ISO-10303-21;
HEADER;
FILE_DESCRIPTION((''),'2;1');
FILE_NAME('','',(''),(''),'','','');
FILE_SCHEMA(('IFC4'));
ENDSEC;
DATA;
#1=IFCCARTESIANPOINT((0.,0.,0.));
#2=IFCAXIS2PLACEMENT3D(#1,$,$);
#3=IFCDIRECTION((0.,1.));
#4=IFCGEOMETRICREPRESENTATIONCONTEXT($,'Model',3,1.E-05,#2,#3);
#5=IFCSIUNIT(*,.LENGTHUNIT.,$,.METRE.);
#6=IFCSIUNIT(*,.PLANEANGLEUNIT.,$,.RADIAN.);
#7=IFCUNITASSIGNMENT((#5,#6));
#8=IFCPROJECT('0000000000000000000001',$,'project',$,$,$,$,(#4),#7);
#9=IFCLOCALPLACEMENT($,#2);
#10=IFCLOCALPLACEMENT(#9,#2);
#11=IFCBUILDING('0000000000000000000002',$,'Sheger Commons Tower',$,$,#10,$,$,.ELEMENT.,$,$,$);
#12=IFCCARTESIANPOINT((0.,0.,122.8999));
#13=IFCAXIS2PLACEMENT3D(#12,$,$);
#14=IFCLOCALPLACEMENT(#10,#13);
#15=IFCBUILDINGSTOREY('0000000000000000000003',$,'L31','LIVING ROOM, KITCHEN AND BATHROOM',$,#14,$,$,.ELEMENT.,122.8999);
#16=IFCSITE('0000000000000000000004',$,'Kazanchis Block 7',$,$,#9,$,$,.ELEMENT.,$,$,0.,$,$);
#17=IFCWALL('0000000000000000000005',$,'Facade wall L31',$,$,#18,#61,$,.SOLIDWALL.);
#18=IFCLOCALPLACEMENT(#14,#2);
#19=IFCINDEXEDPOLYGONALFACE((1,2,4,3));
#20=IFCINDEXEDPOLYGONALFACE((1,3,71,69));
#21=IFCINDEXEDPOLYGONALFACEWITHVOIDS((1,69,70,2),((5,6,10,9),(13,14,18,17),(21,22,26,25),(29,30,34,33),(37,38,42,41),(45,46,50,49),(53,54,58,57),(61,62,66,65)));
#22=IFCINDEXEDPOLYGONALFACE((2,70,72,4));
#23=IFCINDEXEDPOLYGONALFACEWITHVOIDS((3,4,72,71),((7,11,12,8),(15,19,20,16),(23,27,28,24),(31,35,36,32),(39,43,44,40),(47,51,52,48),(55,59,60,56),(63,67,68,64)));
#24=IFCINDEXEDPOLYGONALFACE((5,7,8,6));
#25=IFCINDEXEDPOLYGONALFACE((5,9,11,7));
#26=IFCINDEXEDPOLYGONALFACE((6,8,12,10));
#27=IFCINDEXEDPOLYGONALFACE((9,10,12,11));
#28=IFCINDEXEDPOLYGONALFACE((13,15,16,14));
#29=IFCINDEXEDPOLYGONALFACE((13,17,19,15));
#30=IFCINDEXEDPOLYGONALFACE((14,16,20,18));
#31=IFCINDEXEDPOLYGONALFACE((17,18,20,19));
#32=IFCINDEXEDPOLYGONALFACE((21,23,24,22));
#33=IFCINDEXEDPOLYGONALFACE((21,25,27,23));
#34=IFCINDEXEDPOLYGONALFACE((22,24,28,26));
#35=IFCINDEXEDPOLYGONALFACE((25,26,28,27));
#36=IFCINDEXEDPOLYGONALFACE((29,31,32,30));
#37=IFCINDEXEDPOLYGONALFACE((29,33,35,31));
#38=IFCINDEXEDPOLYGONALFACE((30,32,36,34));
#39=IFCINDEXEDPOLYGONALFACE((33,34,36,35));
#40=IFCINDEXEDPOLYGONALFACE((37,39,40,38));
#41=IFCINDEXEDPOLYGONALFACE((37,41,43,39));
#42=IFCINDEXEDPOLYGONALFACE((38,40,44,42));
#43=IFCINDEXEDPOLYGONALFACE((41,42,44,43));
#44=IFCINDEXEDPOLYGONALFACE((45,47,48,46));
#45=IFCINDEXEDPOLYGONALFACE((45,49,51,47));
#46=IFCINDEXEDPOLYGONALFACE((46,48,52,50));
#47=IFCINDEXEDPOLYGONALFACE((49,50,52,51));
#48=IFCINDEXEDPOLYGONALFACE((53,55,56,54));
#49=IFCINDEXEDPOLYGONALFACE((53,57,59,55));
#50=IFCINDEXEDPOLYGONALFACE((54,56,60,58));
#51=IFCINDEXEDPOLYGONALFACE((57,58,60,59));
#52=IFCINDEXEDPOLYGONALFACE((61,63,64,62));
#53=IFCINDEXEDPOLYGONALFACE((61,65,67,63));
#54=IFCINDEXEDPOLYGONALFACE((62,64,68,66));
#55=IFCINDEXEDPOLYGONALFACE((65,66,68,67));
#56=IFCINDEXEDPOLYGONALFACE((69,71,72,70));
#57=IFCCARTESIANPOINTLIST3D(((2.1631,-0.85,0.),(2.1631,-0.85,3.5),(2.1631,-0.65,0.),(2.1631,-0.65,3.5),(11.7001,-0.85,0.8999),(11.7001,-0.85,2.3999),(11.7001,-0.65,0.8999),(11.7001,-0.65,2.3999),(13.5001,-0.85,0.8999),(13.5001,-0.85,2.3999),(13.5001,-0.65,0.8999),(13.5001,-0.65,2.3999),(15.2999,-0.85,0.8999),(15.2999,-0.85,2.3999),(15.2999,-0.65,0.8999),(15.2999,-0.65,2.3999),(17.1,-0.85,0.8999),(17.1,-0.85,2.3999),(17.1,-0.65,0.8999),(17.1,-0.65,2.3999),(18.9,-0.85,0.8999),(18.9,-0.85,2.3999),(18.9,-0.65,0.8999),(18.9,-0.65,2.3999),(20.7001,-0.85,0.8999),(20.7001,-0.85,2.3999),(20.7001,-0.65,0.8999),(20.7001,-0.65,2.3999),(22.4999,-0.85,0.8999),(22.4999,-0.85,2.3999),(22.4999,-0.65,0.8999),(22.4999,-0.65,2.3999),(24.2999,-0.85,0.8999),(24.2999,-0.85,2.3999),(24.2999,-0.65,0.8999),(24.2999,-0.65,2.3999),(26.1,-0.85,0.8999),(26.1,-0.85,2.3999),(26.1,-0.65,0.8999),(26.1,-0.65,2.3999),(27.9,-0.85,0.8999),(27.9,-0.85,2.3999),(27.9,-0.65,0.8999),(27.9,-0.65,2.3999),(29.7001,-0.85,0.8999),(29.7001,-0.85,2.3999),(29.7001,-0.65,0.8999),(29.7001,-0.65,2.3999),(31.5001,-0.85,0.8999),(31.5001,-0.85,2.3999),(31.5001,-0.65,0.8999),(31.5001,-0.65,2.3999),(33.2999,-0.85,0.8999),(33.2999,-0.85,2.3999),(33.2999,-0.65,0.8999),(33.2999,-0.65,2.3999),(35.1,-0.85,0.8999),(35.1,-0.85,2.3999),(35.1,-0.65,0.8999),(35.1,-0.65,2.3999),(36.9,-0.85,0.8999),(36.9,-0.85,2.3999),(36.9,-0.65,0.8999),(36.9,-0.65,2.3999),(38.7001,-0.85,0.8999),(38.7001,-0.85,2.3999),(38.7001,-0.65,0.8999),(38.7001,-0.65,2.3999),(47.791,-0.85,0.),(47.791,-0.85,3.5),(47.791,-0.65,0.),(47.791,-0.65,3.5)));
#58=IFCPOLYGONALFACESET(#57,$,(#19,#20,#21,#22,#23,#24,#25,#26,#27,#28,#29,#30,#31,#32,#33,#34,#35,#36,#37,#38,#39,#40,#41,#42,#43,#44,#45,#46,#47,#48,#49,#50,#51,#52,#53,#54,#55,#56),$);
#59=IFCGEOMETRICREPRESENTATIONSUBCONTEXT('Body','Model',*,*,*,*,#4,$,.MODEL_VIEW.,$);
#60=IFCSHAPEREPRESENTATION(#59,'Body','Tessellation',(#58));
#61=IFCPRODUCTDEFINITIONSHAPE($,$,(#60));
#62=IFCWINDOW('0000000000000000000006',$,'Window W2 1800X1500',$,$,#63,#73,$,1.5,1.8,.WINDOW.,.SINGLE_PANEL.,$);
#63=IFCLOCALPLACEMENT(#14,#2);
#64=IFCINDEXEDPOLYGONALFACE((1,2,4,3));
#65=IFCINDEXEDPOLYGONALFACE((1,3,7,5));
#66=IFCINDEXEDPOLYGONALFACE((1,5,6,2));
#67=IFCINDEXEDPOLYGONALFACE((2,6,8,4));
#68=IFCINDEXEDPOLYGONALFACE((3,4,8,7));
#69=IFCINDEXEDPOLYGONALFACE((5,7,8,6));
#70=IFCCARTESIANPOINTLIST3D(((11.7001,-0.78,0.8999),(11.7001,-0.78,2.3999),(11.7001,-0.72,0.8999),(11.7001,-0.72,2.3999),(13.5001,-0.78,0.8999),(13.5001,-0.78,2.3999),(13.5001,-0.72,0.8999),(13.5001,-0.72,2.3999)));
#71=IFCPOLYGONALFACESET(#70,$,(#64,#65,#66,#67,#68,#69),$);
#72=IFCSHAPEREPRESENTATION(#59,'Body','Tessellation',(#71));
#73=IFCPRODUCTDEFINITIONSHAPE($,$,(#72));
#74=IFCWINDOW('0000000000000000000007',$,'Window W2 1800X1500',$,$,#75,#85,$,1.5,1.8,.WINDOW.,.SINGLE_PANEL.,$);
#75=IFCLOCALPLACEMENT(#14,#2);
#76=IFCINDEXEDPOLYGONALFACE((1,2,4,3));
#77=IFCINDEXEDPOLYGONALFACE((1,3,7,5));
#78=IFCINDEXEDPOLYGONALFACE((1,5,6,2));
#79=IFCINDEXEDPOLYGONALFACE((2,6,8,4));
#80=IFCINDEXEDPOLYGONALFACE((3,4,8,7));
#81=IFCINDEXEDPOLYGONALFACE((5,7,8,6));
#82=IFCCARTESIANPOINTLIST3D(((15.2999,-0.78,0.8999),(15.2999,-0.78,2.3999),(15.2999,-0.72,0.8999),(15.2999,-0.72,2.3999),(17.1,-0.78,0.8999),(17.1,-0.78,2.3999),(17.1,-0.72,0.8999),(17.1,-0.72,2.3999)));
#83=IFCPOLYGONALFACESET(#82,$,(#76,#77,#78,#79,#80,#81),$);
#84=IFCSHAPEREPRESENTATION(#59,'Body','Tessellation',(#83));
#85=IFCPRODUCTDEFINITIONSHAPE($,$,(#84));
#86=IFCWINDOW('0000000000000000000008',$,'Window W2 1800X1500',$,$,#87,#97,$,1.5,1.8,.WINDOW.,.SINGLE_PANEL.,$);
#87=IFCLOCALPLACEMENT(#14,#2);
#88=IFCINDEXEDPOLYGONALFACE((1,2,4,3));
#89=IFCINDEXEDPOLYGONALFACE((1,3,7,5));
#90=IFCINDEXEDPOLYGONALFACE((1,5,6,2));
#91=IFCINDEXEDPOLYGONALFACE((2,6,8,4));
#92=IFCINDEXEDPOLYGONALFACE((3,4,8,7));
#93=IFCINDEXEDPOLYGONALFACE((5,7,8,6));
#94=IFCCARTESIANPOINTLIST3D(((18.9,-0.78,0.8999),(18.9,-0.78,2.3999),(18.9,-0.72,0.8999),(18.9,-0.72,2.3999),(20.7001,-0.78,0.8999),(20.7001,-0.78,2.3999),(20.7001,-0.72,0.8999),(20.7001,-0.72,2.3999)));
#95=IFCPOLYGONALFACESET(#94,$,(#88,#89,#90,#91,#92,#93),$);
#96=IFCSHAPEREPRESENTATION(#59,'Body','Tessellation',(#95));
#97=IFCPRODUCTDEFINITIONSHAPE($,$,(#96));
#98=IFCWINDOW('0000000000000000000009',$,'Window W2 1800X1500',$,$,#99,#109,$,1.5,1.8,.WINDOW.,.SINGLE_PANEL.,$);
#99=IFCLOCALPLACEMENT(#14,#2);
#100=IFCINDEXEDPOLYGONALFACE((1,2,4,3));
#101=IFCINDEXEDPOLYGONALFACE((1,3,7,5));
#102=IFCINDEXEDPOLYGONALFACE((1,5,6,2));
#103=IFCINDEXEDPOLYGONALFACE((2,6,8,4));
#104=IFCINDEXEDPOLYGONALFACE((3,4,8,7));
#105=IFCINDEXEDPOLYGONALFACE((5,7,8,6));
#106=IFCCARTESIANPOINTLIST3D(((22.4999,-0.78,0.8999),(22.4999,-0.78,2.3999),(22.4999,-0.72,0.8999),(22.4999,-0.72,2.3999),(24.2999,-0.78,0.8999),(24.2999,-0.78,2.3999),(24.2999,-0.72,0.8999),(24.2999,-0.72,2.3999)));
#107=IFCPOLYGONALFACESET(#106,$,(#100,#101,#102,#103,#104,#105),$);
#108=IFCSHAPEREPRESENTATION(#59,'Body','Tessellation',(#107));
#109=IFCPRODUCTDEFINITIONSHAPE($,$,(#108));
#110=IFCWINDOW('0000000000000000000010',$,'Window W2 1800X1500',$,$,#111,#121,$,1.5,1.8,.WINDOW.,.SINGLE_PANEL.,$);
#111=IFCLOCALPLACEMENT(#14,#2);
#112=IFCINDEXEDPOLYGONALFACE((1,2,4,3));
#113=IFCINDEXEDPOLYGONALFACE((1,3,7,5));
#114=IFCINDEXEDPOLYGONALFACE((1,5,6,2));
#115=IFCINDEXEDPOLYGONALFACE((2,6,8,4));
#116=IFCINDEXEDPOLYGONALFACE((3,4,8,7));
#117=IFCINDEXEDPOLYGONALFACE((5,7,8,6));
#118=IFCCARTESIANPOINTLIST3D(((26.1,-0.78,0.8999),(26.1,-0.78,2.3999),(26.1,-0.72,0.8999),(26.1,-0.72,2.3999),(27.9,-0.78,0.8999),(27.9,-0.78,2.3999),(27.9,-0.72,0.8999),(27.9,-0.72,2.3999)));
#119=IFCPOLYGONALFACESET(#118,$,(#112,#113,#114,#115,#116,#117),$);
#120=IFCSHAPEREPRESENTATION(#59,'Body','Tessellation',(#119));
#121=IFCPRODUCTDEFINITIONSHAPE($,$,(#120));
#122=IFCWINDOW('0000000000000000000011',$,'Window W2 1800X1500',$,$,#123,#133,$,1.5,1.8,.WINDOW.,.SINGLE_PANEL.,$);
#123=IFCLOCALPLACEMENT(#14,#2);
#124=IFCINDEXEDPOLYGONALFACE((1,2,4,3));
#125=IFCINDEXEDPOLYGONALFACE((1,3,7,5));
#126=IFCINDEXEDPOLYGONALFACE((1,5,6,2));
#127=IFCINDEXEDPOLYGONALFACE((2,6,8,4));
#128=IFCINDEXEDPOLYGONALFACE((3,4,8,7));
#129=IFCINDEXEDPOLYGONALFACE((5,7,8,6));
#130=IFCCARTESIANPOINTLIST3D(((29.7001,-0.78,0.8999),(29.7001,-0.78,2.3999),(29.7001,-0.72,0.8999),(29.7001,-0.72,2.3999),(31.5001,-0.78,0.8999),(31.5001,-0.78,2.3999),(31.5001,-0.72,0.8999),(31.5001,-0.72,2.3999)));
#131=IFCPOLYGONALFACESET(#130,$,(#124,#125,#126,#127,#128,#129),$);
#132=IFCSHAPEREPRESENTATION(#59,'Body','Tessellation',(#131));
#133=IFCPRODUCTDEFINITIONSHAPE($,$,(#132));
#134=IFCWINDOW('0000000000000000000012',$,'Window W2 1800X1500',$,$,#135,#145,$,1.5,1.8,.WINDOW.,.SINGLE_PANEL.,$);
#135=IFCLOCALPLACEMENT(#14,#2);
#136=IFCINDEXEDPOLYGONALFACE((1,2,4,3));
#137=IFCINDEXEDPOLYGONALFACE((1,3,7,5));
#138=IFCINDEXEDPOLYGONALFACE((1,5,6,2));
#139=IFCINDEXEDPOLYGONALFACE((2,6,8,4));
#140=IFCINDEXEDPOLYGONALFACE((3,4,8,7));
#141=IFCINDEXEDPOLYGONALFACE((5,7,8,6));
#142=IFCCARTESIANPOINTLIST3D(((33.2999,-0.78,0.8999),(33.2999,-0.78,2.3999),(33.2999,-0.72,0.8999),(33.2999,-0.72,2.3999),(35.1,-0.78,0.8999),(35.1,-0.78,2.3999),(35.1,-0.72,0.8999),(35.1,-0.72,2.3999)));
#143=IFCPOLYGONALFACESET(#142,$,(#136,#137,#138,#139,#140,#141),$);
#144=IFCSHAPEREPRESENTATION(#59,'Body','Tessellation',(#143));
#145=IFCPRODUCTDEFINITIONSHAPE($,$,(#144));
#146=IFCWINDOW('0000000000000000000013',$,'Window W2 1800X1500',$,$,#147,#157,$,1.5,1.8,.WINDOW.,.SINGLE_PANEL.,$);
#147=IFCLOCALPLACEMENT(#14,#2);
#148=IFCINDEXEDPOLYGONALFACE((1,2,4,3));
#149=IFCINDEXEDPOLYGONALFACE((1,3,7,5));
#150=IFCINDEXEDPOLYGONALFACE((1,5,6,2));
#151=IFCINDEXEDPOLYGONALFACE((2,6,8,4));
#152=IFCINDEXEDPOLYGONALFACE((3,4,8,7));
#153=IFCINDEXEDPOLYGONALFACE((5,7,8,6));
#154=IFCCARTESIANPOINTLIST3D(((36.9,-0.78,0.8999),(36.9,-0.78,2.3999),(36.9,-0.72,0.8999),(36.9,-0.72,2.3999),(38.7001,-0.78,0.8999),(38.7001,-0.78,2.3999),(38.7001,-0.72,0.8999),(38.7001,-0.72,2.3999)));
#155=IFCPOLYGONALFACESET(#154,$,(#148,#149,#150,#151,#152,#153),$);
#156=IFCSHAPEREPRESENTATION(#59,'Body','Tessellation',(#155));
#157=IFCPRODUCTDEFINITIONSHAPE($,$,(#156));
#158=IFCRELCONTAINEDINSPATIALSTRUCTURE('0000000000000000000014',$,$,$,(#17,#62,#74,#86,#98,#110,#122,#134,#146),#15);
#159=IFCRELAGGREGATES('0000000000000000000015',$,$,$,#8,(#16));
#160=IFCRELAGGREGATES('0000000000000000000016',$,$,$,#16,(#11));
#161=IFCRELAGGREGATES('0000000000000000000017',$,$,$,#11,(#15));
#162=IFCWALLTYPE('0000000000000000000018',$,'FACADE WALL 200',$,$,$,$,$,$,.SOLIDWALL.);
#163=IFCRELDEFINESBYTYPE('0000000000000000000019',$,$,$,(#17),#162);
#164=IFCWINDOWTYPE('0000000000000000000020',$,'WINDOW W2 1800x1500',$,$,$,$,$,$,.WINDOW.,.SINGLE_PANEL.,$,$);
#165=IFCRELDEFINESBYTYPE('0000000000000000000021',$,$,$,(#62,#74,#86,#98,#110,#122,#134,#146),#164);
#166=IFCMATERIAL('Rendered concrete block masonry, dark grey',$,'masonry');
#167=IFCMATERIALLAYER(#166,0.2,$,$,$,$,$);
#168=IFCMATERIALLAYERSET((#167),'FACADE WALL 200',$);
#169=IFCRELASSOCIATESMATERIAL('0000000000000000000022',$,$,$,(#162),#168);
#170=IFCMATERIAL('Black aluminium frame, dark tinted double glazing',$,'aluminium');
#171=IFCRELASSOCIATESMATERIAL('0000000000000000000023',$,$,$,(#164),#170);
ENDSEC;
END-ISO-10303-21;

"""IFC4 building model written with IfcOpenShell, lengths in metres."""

from ifc_helpers import new_model, si_unit, direction, frame, frame_2d, origin, place, context, subcontext, project, spatial, rectangle, extrude, material, layer, layer_set, type_object, element, fill, save


model = new_model("IFC4")

# Units and contexts
model_context = context("Model", 3, precision=1e-05, world=origin(), true_north=direction((0.0, 1.0)))
body_context = subcontext(model_context, "Body", "Model", "MODEL_VIEW")
ifc_project = project(units=[si_unit("LENGTHUNIT", "METRE"), si_unit("PLANEANGLEUNIT", "RADIAN")], contexts=[model_context])

# Site, building, storey
site_placement = place(None, origin())
site = spatial("IfcSite", under=ifc_project, at=site_placement, Name="Kazanchis Block 7", CompositionType="ELEMENT", RefElevation=0.0)
building_placement = place(site_placement, origin())
building = spatial("IfcBuilding", under=site, at=building_placement, Name="Sheger Commons Tower", CompositionType="ELEMENT")
storey_placement = place(building_placement, frame((0.0, 0.0, 122.8999)))
storey = spatial("IfcBuildingStorey", under=building, at=storey_placement, Name="L31", Description="LIVING ROOM, KITCHEN AND BATHROOM", CompositionType="ELEMENT", Elevation=122.8999)

# Wall, openings, windows
ifc_material_1 = material(Name="Rendered concrete block masonry, dark grey", Category="masonry")
ifc_layer_1 = layer(ifc_material_1, 0.2)
ifc_layer_set_1 = layer_set([ifc_layer_1], Name="FACADE WALL 200")
wall_type_1 = type_object("IfcWallType", Name="FACADE WALL 200", PredefinedType="SOLIDWALL", material=ifc_layer_set_1)
wall_1_placement = place(storey_placement, frame((2.1631, -0.75, 0.0), z_axis=(0.0, 0.0, 1.0), x_axis=(1.0, 0.0, 0.0)))
wall_1 = element("IfcWall", 1, at=wall_1_placement, inside=storey, type_object=wall_type_1, Name="Facade wall L31", PredefinedType="SOLIDWALL", context=body_context, shape_type="SweptSolid", body=[
    extrude(rectangle(XDim=45.6279, YDim=0.2, at=frame_2d((22.814, 0.0))), origin(), (0.0, 0.0, 1.0), 3.5),
])
opening_1_placement = place(wall_1_placement, frame((9.5371, 0.0, 0.8999)))
opening_1 = element("IfcOpeningElement", 2, at=opening_1_placement, cuts=wall_1, PredefinedType="OPENING", context=body_context, shape_type="SweptSolid", body=[
    extrude(rectangle(XDim=1.8, YDim=1.5, at=frame_2d((0.8999, 0.75))), frame((0.0, 0.1099, 0.0), z_axis=(0.0, -1.0, 0.0), x_axis=(1.0, 0.0, 0.0)), (0.0, 0.0, 1.0), 0.22),
])
opening_2_placement = place(wall_1_placement, frame((13.137, 0.0, 0.8999)))
opening_2 = element("IfcOpeningElement", 3, at=opening_2_placement, cuts=wall_1, PredefinedType="OPENING", context=body_context, shape_type="SweptSolid", body=[
    extrude(rectangle(XDim=1.8, YDim=1.5, at=frame_2d((0.8999, 0.75))), frame((0.0, 0.1099, 0.0), z_axis=(0.0, -1.0, 0.0), x_axis=(1.0, 0.0, 0.0)), (0.0, 0.0, 1.0), 0.22),
])
opening_3_placement = place(wall_1_placement, frame((16.7371, 0.0, 0.8999)))
opening_3 = element("IfcOpeningElement", 4, at=opening_3_placement, cuts=wall_1, PredefinedType="OPENING", context=body_context, shape_type="SweptSolid", body=[
    extrude(rectangle(XDim=1.8, YDim=1.5, at=frame_2d((0.8999, 0.75))), frame((0.0, 0.1099, 0.0), z_axis=(0.0, -1.0, 0.0), x_axis=(1.0, 0.0, 0.0)), (0.0, 0.0, 1.0), 0.22),
])
opening_4_placement = place(wall_1_placement, frame((20.3369, 0.0, 0.8999)))
opening_4 = element("IfcOpeningElement", 5, at=opening_4_placement, cuts=wall_1, PredefinedType="OPENING", context=body_context, shape_type="SweptSolid", body=[
    extrude(rectangle(XDim=1.8, YDim=1.5, at=frame_2d((0.8999, 0.75))), frame((0.0, 0.1099, 0.0), z_axis=(0.0, -1.0, 0.0), x_axis=(1.0, 0.0, 0.0)), (0.0, 0.0, 1.0), 0.22),
])
opening_5_placement = place(wall_1_placement, frame((23.937, 0.0, 0.8999)))
opening_5 = element("IfcOpeningElement", 6, at=opening_5_placement, cuts=wall_1, PredefinedType="OPENING", context=body_context, shape_type="SweptSolid", body=[
    extrude(rectangle(XDim=1.8, YDim=1.5, at=frame_2d((0.8999, 0.75))), frame((0.0, 0.1099, 0.0), z_axis=(0.0, -1.0, 0.0), x_axis=(1.0, 0.0, 0.0)), (0.0, 0.0, 1.0), 0.22),
])
opening_6_placement = place(wall_1_placement, frame((27.5371, 0.0, 0.8999)))
opening_6 = element("IfcOpeningElement", 7, at=opening_6_placement, cuts=wall_1, PredefinedType="OPENING", context=body_context, shape_type="SweptSolid", body=[
    extrude(rectangle(XDim=1.8, YDim=1.5, at=frame_2d((0.8999, 0.75))), frame((0.0, 0.1099, 0.0), z_axis=(0.0, -1.0, 0.0), x_axis=(1.0, 0.0, 0.0)), (0.0, 0.0, 1.0), 0.22),
])
opening_7_placement = place(wall_1_placement, frame((31.137, 0.0, 0.8999)))
opening_7 = element("IfcOpeningElement", 8, at=opening_7_placement, cuts=wall_1, PredefinedType="OPENING", context=body_context, shape_type="SweptSolid", body=[
    extrude(rectangle(XDim=1.8, YDim=1.5, at=frame_2d((0.8999, 0.75))), frame((0.0, 0.1099, 0.0), z_axis=(0.0, -1.0, 0.0), x_axis=(1.0, 0.0, 0.0)), (0.0, 0.0, 1.0), 0.22),
])
opening_8_placement = place(wall_1_placement, frame((34.7371, 0.0, 0.8999)))
opening_8 = element("IfcOpeningElement", 9, at=opening_8_placement, cuts=wall_1, PredefinedType="OPENING", context=body_context, shape_type="SweptSolid", body=[
    extrude(rectangle(XDim=1.8, YDim=1.5, at=frame_2d((0.8999, 0.75))), frame((0.0, 0.1099, 0.0), z_axis=(0.0, -1.0, 0.0), x_axis=(1.0, 0.0, 0.0)), (0.0, 0.0, 1.0), 0.22),
])
ifc_material_2 = material(Name="Black aluminium frame, dark tinted double glazing", Category="aluminium")
window_type = type_object("IfcWindowType", Name="WINDOW W2 1800x1500", PartitioningType="SINGLE_PANEL", PredefinedType="WINDOW", material=ifc_material_2)
window_1_placement = place(opening_1_placement, origin())
window_1 = element("IfcWindow", 10, at=window_1_placement, inside=storey, type_object=window_type, Name="Window W2 1800X1500", OverallHeight=1.5, OverallWidth=1.8, PartitioningType="SINGLE_PANEL", PredefinedType="WINDOW", context=body_context, shape_type="SweptSolid", body=[
    extrude(rectangle(XDim=1.8, YDim=1.5, at=frame_2d((0.8999, 0.75))), frame((0.0, 0.03, 0.0), z_axis=(0.0, -1.0, 0.0), x_axis=(1.0, 0.0, 0.0)), (0.0, 0.0, 1.0), 0.0601),
])
fill(opening_1, window_1)
window_2_placement = place(opening_2_placement, origin())
window_2 = element("IfcWindow", 11, at=window_2_placement, inside=storey, type_object=window_type, Name="Window W2 1800X1500", OverallHeight=1.5, OverallWidth=1.8, PartitioningType="SINGLE_PANEL", PredefinedType="WINDOW", context=body_context, shape_type="SweptSolid", body=[
    extrude(rectangle(XDim=1.8, YDim=1.5, at=frame_2d((0.8999, 0.75))), frame((0.0, 0.03, 0.0), z_axis=(0.0, -1.0, 0.0), x_axis=(1.0, 0.0, 0.0)), (0.0, 0.0, 1.0), 0.0601),
])
fill(opening_2, window_2)
window_3_placement = place(opening_3_placement, origin())
window_3 = element("IfcWindow", 12, at=window_3_placement, inside=storey, type_object=window_type, Name="Window W2 1800X1500", OverallHeight=1.5, OverallWidth=1.8, PartitioningType="SINGLE_PANEL", PredefinedType="WINDOW", context=body_context, shape_type="SweptSolid", body=[
    extrude(rectangle(XDim=1.8, YDim=1.5, at=frame_2d((0.8999, 0.75))), frame((0.0, 0.03, 0.0), z_axis=(0.0, -1.0, 0.0), x_axis=(1.0, 0.0, 0.0)), (0.0, 0.0, 1.0), 0.0601),
])
fill(opening_3, window_3)
window_4_placement = place(opening_4_placement, origin())
window_4 = element("IfcWindow", 13, at=window_4_placement, inside=storey, type_object=window_type, Name="Window W2 1800X1500", OverallHeight=1.5, OverallWidth=1.8, PartitioningType="SINGLE_PANEL", PredefinedType="WINDOW", context=body_context, shape_type="SweptSolid", body=[
    extrude(rectangle(XDim=1.8, YDim=1.5, at=frame_2d((0.8999, 0.75))), frame((0.0, 0.03, 0.0), z_axis=(0.0, -1.0, 0.0), x_axis=(1.0, 0.0, 0.0)), (0.0, 0.0, 1.0), 0.0601),
])
fill(opening_4, window_4)
window_5_placement = place(opening_5_placement, origin())
window_5 = element("IfcWindow", 14, at=window_5_placement, inside=storey, type_object=window_type, Name="Window W2 1800X1500", OverallHeight=1.5, OverallWidth=1.8, PartitioningType="SINGLE_PANEL", PredefinedType="WINDOW", context=body_context, shape_type="SweptSolid", body=[
    extrude(rectangle(XDim=1.8, YDim=1.5, at=frame_2d((0.8999, 0.75))), frame((0.0, 0.03, 0.0), z_axis=(0.0, -1.0, 0.0), x_axis=(1.0, 0.0, 0.0)), (0.0, 0.0, 1.0), 0.0601),
])
fill(opening_5, window_5)
window_6_placement = place(opening_6_placement, origin())
window_6 = element("IfcWindow", 15, at=window_6_placement, inside=storey, type_object=window_type, Name="Window W2 1800X1500", OverallHeight=1.5, OverallWidth=1.8, PartitioningType="SINGLE_PANEL", PredefinedType="WINDOW", context=body_context, shape_type="SweptSolid", body=[
    extrude(rectangle(XDim=1.8, YDim=1.5, at=frame_2d((0.8999, 0.75))), frame((0.0, 0.03, 0.0), z_axis=(0.0, -1.0, 0.0), x_axis=(1.0, 0.0, 0.0)), (0.0, 0.0, 1.0), 0.0601),
])
fill(opening_6, window_6)
window_7_placement = place(opening_7_placement, origin())
window_7 = element("IfcWindow", 16, at=window_7_placement, inside=storey, type_object=window_type, Name="Window W2 1800X1500", OverallHeight=1.5, OverallWidth=1.8, PartitioningType="SINGLE_PANEL", PredefinedType="WINDOW", context=body_context, shape_type="SweptSolid", body=[
    extrude(rectangle(XDim=1.8, YDim=1.5, at=frame_2d((0.8999, 0.75))), frame((0.0, 0.03, 0.0), z_axis=(0.0, -1.0, 0.0), x_axis=(1.0, 0.0, 0.0)), (0.0, 0.0, 1.0), 0.0601),
])
fill(opening_7, window_7)
window_8_placement = place(opening_8_placement, origin())
window_8 = element("IfcWindow", 17, at=window_8_placement, inside=storey, type_object=window_type, Name="Window W2 1800X1500", OverallHeight=1.5, OverallWidth=1.8, PartitioningType="SINGLE_PANEL", PredefinedType="WINDOW", context=body_context, shape_type="SweptSolid", body=[
    extrude(rectangle(XDim=1.8, YDim=1.5, at=frame_2d((0.8999, 0.75))), frame((0.0, 0.03, 0.0), z_axis=(0.0, -1.0, 0.0), x_axis=(1.0, 0.0, 0.0)), (0.0, 0.0, 1.0), 0.0601),
])
fill(opening_8, window_8)

save(model, "model.ifc")
